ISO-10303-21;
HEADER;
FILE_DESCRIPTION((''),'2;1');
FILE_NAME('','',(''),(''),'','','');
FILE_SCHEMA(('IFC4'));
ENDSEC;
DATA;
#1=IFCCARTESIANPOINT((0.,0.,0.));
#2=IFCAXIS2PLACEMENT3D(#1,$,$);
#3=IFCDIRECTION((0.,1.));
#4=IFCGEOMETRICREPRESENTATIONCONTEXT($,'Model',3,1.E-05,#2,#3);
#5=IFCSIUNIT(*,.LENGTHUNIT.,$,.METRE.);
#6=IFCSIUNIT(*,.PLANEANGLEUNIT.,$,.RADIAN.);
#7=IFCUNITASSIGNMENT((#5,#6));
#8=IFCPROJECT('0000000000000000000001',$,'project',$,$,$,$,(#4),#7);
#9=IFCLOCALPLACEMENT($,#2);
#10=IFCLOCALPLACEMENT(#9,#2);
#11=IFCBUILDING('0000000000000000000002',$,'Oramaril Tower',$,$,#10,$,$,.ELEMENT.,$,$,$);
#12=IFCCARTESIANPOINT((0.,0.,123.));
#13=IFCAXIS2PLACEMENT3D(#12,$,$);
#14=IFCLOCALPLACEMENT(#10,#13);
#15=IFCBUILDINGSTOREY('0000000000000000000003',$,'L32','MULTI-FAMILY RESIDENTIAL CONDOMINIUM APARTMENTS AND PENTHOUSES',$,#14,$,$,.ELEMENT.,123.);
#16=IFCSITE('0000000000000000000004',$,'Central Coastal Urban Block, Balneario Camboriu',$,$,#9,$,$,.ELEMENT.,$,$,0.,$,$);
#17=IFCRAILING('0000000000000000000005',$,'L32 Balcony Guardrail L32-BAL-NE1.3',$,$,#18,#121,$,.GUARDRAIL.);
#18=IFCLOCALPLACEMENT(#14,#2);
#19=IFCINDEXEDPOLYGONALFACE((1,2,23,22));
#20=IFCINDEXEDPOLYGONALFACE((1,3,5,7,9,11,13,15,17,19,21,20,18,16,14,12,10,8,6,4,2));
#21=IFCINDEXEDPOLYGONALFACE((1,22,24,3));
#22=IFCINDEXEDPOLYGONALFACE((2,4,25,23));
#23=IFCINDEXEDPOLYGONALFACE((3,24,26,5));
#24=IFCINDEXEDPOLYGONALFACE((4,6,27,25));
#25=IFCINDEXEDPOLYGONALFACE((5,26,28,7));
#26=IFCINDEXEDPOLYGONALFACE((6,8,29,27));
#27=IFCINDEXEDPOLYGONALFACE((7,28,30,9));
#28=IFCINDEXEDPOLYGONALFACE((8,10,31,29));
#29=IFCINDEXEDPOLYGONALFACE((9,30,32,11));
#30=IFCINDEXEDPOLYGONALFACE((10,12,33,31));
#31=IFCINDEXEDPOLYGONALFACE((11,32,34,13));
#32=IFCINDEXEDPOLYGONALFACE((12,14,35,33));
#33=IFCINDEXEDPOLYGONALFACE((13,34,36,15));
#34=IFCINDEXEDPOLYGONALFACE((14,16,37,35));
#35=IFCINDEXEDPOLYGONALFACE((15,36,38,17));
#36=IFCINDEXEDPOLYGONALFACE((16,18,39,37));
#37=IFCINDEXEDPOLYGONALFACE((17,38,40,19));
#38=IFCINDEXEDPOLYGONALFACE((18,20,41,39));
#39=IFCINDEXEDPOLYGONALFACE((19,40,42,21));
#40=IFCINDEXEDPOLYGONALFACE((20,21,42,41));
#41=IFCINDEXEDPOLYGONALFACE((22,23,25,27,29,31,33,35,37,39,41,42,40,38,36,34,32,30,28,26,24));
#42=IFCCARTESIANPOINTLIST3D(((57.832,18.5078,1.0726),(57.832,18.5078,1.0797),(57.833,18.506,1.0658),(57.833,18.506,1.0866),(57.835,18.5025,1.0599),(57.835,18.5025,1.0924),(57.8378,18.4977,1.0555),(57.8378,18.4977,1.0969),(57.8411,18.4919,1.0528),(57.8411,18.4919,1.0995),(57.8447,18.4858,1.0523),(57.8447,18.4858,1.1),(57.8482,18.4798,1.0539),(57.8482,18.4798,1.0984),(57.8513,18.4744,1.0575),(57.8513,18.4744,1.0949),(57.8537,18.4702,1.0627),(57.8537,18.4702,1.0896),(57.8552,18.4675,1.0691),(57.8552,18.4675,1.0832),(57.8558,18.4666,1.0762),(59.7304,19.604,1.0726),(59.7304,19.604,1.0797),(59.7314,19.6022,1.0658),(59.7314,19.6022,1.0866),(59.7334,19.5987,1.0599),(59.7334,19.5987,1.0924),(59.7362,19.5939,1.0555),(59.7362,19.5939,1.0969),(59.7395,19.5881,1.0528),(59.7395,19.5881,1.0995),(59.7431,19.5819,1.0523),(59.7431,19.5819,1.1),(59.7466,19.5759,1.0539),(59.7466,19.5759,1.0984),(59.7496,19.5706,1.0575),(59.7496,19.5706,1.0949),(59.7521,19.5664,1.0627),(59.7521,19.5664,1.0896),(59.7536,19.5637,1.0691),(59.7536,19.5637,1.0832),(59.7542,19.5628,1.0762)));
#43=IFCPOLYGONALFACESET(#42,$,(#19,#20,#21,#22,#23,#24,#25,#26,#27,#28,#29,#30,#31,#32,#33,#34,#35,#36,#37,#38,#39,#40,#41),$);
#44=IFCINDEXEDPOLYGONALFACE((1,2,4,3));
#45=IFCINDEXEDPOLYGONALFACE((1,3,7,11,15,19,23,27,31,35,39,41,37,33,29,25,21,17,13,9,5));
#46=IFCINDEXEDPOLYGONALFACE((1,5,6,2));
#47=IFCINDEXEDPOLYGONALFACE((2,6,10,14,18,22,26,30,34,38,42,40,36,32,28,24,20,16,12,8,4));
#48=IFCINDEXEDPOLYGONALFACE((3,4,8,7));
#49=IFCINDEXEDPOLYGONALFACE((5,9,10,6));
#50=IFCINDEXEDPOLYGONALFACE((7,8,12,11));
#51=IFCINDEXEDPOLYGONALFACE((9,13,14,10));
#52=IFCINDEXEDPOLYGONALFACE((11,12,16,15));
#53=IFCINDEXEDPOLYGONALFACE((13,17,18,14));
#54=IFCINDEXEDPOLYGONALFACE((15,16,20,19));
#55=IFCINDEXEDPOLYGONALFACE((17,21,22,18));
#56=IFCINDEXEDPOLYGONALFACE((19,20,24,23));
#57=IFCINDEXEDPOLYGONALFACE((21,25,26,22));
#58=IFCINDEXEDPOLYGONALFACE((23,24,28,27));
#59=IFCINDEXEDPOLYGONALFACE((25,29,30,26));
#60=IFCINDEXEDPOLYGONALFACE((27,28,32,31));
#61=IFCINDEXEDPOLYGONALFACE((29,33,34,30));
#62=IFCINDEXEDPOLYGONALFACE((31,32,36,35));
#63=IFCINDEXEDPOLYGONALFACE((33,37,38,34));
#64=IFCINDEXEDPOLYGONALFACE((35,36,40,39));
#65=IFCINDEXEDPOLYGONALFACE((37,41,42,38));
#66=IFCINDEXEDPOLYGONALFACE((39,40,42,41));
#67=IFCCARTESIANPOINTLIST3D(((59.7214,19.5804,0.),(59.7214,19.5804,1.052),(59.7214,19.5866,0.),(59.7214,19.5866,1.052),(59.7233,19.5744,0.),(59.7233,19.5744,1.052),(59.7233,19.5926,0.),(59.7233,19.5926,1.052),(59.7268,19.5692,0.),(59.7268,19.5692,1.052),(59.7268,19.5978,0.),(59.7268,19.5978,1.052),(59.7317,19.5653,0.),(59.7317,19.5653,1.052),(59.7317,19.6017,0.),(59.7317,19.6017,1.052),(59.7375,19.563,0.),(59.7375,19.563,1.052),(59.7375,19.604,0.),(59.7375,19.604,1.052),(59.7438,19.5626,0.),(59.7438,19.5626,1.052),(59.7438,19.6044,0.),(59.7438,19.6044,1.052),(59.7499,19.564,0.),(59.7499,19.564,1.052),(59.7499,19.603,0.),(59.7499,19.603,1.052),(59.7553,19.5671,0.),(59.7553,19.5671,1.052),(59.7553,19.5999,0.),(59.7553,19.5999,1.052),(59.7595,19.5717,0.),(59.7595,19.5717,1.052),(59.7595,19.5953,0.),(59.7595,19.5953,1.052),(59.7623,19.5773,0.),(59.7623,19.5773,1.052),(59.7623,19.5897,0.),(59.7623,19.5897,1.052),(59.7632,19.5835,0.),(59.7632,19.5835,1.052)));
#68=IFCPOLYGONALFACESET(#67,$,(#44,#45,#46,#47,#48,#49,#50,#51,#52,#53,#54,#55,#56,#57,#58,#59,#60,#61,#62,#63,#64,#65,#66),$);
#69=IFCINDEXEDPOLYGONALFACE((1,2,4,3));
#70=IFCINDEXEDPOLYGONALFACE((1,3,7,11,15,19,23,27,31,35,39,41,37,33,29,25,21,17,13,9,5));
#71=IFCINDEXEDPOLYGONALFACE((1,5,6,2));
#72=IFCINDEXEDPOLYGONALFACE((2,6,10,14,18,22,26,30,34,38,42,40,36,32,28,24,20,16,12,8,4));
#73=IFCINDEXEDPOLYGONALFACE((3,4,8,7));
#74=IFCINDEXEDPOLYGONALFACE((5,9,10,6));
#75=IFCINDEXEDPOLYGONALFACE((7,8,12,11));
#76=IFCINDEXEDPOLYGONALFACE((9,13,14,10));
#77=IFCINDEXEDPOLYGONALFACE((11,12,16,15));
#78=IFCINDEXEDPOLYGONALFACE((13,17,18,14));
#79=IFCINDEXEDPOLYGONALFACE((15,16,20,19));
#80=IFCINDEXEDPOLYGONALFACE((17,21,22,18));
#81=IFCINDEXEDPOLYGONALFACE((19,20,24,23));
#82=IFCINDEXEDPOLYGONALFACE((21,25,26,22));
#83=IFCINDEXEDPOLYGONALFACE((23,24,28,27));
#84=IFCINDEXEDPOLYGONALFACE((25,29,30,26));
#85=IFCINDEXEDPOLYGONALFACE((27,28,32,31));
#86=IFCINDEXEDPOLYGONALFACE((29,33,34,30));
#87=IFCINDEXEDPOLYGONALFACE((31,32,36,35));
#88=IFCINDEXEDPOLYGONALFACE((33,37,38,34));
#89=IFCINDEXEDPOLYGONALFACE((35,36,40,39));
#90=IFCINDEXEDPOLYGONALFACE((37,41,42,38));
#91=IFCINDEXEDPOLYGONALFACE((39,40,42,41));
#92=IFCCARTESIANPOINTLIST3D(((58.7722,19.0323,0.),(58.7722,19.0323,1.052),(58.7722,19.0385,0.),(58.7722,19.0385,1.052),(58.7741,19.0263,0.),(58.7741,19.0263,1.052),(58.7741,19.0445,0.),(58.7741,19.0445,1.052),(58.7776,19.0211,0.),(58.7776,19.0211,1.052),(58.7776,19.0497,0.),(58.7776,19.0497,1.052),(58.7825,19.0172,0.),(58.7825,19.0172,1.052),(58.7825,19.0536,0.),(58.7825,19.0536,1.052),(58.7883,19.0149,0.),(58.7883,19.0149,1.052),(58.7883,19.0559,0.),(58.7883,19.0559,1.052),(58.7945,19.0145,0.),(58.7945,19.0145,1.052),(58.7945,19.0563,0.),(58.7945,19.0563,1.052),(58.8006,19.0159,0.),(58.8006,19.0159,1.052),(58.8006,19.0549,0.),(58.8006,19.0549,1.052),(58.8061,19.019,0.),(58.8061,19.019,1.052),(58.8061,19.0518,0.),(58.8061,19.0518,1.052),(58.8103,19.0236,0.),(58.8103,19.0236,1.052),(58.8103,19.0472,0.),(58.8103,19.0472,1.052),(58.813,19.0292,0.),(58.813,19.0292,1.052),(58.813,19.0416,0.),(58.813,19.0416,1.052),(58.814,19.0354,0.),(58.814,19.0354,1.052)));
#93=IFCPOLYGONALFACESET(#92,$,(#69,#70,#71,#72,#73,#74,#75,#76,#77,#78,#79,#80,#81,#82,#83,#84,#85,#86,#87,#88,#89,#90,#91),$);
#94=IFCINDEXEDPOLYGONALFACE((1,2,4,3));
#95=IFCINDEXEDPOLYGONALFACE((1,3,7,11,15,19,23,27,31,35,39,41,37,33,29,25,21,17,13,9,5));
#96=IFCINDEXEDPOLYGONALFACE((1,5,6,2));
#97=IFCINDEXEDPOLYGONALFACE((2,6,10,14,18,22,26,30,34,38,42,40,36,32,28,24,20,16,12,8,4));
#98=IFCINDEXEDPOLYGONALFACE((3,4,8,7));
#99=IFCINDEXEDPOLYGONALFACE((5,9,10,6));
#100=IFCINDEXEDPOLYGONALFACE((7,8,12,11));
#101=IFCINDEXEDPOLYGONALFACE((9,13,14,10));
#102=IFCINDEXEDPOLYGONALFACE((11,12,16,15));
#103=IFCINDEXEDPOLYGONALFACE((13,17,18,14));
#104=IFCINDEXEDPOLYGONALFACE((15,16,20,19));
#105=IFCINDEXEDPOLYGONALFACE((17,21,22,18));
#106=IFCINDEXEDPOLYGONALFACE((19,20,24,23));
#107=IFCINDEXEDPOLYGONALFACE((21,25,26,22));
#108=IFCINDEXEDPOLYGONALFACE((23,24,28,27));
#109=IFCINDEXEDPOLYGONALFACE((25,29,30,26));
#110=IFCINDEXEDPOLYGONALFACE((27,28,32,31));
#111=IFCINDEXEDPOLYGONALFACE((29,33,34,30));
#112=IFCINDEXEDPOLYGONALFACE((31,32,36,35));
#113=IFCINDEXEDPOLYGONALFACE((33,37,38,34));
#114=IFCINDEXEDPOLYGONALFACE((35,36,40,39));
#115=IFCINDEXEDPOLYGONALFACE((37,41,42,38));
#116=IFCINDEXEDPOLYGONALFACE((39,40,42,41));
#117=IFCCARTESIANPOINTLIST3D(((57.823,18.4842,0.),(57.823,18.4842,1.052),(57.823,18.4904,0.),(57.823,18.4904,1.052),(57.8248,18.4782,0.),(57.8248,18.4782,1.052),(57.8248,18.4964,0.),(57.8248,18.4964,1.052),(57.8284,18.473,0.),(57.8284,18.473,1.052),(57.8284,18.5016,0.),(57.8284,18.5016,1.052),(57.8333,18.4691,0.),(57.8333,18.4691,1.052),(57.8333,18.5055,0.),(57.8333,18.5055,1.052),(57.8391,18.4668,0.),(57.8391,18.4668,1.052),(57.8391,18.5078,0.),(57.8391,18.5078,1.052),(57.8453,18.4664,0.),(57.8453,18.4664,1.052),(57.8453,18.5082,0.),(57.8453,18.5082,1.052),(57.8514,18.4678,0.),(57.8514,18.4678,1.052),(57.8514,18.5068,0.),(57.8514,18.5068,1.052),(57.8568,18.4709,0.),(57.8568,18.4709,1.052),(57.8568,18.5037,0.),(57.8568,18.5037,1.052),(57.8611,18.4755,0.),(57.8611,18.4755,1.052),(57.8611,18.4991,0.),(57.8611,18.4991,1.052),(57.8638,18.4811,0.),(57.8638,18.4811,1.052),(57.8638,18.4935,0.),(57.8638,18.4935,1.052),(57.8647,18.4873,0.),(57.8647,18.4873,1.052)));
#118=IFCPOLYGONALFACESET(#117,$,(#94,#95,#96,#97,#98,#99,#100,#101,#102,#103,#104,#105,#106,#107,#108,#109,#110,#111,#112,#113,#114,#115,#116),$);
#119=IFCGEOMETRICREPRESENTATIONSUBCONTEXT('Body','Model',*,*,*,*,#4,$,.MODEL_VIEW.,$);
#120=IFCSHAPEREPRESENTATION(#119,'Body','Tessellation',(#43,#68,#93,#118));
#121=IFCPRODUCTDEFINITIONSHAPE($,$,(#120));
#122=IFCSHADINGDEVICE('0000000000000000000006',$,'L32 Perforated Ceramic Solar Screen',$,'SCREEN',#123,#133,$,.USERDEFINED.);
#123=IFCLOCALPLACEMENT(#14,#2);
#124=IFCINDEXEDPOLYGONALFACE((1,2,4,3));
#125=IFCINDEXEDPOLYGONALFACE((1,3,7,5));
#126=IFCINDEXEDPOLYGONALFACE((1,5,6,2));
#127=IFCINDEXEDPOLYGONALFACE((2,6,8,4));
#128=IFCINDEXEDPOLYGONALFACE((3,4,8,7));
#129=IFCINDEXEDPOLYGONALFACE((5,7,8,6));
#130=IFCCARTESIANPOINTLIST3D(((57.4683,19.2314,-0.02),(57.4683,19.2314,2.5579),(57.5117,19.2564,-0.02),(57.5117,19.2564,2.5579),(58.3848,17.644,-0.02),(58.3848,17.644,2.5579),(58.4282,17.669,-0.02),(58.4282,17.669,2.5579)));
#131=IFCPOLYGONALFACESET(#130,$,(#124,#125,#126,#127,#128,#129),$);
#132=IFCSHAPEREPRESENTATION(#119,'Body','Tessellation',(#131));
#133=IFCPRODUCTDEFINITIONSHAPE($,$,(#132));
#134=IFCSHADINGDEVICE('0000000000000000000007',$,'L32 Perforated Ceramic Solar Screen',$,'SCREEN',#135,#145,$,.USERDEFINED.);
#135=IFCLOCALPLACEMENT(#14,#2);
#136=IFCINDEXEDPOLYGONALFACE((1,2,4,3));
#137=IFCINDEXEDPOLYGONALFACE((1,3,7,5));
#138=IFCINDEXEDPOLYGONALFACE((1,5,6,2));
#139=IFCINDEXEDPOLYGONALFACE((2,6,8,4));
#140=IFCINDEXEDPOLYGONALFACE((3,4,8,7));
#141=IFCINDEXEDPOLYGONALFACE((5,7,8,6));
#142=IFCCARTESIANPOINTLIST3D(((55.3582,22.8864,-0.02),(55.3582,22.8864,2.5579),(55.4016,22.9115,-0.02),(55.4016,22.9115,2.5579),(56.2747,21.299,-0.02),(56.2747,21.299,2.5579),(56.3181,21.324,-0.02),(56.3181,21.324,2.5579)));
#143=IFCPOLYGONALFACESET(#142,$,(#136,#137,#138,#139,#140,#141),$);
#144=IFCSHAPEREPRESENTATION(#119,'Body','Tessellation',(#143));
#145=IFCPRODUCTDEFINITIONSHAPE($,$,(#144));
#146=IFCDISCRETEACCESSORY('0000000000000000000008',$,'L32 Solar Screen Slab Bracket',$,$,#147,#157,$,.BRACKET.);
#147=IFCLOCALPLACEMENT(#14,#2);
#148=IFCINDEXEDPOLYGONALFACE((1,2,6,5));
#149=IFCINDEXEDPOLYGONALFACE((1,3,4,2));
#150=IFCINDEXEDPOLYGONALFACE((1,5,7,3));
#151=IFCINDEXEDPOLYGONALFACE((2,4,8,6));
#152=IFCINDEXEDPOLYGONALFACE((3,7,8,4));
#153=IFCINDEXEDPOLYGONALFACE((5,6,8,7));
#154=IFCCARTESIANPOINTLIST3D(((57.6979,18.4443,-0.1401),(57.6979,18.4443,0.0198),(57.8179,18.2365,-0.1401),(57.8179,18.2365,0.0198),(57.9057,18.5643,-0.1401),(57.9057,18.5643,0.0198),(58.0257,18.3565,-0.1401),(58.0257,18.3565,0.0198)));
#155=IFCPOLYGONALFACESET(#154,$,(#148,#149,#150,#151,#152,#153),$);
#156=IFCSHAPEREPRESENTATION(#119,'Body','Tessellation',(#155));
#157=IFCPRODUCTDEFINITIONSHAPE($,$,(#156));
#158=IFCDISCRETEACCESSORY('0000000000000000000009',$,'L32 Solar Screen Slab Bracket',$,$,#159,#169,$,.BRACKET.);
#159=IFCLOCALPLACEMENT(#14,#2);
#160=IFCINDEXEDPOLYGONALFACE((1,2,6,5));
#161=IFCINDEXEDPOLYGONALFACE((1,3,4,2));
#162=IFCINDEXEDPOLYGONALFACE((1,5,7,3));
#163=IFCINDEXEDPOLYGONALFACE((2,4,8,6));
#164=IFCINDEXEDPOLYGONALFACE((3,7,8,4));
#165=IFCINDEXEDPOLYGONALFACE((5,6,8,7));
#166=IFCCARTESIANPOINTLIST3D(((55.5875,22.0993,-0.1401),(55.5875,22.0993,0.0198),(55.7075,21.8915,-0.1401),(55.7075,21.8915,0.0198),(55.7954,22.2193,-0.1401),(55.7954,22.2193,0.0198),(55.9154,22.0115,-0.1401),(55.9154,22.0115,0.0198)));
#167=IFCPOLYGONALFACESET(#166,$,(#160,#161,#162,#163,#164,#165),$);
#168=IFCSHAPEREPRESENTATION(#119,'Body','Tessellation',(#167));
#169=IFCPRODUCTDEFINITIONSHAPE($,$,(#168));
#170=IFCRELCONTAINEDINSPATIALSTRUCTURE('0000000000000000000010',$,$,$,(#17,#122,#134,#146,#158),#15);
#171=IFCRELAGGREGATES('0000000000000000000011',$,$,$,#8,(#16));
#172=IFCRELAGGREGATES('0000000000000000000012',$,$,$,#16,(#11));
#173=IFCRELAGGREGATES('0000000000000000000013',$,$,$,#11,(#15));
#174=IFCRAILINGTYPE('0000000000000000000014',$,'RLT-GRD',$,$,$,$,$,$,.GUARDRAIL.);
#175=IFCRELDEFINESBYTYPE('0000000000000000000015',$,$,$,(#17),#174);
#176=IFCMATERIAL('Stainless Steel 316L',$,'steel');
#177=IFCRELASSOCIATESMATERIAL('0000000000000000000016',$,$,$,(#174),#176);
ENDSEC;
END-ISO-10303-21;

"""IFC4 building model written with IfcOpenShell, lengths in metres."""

from ifc_helpers import new_model, si_unit, direction, frame, origin, origin_2d, place, context, subcontext, project, spatial, rectangle, circle, extrude, material, type_object, element, save


model = new_model("IFC4")

# Units and contexts
model_context = context("Model", 3, precision=1e-05, world=origin(), true_north=direction((0.0, 1.0)))
body_context = subcontext(model_context, "Body", "Model", "MODEL_VIEW")
ifc_project = project(units=[si_unit("LENGTHUNIT", "METRE"), si_unit("PLANEANGLEUNIT", "RADIAN")], contexts=[model_context])

# Site, building, storey
site_placement = place(None, origin())
site = spatial("IfcSite", under=ifc_project, at=site_placement, Name="Central Coastal Urban Block, Balneario Camboriu", CompositionType="ELEMENT", RefElevation=0.0)
building_placement = place(site_placement, origin())
building = spatial("IfcBuilding", under=site, at=building_placement, Name="Oramaril Tower", CompositionType="ELEMENT")
storey_placement = place(building_placement, frame((0.0, 0.0, 123.0)))
storey = spatial("IfcBuildingStorey", under=building, at=storey_placement, Name="L32", Description="MULTI-FAMILY RESIDENTIAL CONDOMINIUM APARTMENTS AND PENTHOUSES", CompositionType="ELEMENT", Elevation=123.0)

# Railing
ifc_material_1 = material(Name="Stainless Steel 316L", Category="steel")
railing_type = type_object("IfcRailingType", Name="RLT-GRD", PredefinedType="GUARDRAIL", material=ifc_material_1)
railing_1_placement = place(storey_placement, frame((59.7422, 19.5835, 0.0)))
element("IfcRailing", 1, at=railing_1_placement, inside=storey, type_object=railing_type, Name="L32 Balcony Guardrail L32-BAL-NE1.3", PredefinedType="GUARDRAIL", context=body_context, shape_type="SweptSolid", body=[
    extrude(circle(Radius=0.0239, at=origin_2d()), frame((0.0, 0.0, 1.0762), z_axis=(-0.866, -0.500044, 0.0), x_axis=(0.500044, -0.866, 0.0)), (0.0, 0.0, 1.0), 2.1921),
    extrude(circle(Radius=0.021, at=origin_2d()), origin(), (0.0, 0.0, 1.0), 1.052),
    extrude(circle(Radius=0.021, at=origin_2d()), frame((-0.9492, -0.5481, 0.0)), (0.0, 0.0, 1.0), 1.052),
    extrude(circle(Radius=0.021, at=origin_2d()), frame((-1.8984, -1.0962, 0.0)), (0.0, 0.0, 1.0), 1.052),
])

# Shading devices
for number, where, z_axis, x_axis, name in (
    (2, (57.9482, 18.4502, -0.02), (0.0, 0.0, 1.0), (-0.499998, 0.866026, 0.0), "L32 Perforated Ceramic Solar Screen"),
    (3, (55.8381, 22.1052, -0.02), (0.0, 0.0, 1.0), (-0.499998, 0.866026, 0.0), "L32 Perforated Ceramic Solar Screen"),
):
    element("IfcShadingDevice", number, at=place(storey_placement, frame(where, z_axis=z_axis, x_axis=x_axis)), inside=storey, Name=name, ObjectType="SCREEN", PredefinedType="USERDEFINED", context=body_context, shape_type="SweptSolid", body=[
        extrude(rectangle(XDim=1.833, YDim=0.05, at=origin_2d()), origin(), (0.0, 0.0, 1.0), 2.5779),
    ])

# Discrete accessories
for number, where, z_axis, x_axis, name in (
    (4, (57.8618, 18.4004, -0.1401), (0.0, 0.0, 1.0), (-0.499998, 0.866026, 0.0), "L32 Solar Screen Slab Bracket"),
    (5, (55.7515, 22.0554, -0.1401), (0.0, 0.0, 1.0), (-0.499998, 0.866026, 0.0), "L32 Solar Screen Slab Bracket"),
):
    element("IfcDiscreteAccessory", number, at=place(storey_placement, frame(where, z_axis=z_axis, x_axis=x_axis)), inside=storey, Name=name, PredefinedType="BRACKET", context=body_context, shape_type="SweptSolid", body=[
        extrude(rectangle(XDim=0.24, YDim=0.24, at=origin_2d()), origin(), (0.0, 0.0, 1.0), 0.1599),
    ])

save(model, "model.ifc")
